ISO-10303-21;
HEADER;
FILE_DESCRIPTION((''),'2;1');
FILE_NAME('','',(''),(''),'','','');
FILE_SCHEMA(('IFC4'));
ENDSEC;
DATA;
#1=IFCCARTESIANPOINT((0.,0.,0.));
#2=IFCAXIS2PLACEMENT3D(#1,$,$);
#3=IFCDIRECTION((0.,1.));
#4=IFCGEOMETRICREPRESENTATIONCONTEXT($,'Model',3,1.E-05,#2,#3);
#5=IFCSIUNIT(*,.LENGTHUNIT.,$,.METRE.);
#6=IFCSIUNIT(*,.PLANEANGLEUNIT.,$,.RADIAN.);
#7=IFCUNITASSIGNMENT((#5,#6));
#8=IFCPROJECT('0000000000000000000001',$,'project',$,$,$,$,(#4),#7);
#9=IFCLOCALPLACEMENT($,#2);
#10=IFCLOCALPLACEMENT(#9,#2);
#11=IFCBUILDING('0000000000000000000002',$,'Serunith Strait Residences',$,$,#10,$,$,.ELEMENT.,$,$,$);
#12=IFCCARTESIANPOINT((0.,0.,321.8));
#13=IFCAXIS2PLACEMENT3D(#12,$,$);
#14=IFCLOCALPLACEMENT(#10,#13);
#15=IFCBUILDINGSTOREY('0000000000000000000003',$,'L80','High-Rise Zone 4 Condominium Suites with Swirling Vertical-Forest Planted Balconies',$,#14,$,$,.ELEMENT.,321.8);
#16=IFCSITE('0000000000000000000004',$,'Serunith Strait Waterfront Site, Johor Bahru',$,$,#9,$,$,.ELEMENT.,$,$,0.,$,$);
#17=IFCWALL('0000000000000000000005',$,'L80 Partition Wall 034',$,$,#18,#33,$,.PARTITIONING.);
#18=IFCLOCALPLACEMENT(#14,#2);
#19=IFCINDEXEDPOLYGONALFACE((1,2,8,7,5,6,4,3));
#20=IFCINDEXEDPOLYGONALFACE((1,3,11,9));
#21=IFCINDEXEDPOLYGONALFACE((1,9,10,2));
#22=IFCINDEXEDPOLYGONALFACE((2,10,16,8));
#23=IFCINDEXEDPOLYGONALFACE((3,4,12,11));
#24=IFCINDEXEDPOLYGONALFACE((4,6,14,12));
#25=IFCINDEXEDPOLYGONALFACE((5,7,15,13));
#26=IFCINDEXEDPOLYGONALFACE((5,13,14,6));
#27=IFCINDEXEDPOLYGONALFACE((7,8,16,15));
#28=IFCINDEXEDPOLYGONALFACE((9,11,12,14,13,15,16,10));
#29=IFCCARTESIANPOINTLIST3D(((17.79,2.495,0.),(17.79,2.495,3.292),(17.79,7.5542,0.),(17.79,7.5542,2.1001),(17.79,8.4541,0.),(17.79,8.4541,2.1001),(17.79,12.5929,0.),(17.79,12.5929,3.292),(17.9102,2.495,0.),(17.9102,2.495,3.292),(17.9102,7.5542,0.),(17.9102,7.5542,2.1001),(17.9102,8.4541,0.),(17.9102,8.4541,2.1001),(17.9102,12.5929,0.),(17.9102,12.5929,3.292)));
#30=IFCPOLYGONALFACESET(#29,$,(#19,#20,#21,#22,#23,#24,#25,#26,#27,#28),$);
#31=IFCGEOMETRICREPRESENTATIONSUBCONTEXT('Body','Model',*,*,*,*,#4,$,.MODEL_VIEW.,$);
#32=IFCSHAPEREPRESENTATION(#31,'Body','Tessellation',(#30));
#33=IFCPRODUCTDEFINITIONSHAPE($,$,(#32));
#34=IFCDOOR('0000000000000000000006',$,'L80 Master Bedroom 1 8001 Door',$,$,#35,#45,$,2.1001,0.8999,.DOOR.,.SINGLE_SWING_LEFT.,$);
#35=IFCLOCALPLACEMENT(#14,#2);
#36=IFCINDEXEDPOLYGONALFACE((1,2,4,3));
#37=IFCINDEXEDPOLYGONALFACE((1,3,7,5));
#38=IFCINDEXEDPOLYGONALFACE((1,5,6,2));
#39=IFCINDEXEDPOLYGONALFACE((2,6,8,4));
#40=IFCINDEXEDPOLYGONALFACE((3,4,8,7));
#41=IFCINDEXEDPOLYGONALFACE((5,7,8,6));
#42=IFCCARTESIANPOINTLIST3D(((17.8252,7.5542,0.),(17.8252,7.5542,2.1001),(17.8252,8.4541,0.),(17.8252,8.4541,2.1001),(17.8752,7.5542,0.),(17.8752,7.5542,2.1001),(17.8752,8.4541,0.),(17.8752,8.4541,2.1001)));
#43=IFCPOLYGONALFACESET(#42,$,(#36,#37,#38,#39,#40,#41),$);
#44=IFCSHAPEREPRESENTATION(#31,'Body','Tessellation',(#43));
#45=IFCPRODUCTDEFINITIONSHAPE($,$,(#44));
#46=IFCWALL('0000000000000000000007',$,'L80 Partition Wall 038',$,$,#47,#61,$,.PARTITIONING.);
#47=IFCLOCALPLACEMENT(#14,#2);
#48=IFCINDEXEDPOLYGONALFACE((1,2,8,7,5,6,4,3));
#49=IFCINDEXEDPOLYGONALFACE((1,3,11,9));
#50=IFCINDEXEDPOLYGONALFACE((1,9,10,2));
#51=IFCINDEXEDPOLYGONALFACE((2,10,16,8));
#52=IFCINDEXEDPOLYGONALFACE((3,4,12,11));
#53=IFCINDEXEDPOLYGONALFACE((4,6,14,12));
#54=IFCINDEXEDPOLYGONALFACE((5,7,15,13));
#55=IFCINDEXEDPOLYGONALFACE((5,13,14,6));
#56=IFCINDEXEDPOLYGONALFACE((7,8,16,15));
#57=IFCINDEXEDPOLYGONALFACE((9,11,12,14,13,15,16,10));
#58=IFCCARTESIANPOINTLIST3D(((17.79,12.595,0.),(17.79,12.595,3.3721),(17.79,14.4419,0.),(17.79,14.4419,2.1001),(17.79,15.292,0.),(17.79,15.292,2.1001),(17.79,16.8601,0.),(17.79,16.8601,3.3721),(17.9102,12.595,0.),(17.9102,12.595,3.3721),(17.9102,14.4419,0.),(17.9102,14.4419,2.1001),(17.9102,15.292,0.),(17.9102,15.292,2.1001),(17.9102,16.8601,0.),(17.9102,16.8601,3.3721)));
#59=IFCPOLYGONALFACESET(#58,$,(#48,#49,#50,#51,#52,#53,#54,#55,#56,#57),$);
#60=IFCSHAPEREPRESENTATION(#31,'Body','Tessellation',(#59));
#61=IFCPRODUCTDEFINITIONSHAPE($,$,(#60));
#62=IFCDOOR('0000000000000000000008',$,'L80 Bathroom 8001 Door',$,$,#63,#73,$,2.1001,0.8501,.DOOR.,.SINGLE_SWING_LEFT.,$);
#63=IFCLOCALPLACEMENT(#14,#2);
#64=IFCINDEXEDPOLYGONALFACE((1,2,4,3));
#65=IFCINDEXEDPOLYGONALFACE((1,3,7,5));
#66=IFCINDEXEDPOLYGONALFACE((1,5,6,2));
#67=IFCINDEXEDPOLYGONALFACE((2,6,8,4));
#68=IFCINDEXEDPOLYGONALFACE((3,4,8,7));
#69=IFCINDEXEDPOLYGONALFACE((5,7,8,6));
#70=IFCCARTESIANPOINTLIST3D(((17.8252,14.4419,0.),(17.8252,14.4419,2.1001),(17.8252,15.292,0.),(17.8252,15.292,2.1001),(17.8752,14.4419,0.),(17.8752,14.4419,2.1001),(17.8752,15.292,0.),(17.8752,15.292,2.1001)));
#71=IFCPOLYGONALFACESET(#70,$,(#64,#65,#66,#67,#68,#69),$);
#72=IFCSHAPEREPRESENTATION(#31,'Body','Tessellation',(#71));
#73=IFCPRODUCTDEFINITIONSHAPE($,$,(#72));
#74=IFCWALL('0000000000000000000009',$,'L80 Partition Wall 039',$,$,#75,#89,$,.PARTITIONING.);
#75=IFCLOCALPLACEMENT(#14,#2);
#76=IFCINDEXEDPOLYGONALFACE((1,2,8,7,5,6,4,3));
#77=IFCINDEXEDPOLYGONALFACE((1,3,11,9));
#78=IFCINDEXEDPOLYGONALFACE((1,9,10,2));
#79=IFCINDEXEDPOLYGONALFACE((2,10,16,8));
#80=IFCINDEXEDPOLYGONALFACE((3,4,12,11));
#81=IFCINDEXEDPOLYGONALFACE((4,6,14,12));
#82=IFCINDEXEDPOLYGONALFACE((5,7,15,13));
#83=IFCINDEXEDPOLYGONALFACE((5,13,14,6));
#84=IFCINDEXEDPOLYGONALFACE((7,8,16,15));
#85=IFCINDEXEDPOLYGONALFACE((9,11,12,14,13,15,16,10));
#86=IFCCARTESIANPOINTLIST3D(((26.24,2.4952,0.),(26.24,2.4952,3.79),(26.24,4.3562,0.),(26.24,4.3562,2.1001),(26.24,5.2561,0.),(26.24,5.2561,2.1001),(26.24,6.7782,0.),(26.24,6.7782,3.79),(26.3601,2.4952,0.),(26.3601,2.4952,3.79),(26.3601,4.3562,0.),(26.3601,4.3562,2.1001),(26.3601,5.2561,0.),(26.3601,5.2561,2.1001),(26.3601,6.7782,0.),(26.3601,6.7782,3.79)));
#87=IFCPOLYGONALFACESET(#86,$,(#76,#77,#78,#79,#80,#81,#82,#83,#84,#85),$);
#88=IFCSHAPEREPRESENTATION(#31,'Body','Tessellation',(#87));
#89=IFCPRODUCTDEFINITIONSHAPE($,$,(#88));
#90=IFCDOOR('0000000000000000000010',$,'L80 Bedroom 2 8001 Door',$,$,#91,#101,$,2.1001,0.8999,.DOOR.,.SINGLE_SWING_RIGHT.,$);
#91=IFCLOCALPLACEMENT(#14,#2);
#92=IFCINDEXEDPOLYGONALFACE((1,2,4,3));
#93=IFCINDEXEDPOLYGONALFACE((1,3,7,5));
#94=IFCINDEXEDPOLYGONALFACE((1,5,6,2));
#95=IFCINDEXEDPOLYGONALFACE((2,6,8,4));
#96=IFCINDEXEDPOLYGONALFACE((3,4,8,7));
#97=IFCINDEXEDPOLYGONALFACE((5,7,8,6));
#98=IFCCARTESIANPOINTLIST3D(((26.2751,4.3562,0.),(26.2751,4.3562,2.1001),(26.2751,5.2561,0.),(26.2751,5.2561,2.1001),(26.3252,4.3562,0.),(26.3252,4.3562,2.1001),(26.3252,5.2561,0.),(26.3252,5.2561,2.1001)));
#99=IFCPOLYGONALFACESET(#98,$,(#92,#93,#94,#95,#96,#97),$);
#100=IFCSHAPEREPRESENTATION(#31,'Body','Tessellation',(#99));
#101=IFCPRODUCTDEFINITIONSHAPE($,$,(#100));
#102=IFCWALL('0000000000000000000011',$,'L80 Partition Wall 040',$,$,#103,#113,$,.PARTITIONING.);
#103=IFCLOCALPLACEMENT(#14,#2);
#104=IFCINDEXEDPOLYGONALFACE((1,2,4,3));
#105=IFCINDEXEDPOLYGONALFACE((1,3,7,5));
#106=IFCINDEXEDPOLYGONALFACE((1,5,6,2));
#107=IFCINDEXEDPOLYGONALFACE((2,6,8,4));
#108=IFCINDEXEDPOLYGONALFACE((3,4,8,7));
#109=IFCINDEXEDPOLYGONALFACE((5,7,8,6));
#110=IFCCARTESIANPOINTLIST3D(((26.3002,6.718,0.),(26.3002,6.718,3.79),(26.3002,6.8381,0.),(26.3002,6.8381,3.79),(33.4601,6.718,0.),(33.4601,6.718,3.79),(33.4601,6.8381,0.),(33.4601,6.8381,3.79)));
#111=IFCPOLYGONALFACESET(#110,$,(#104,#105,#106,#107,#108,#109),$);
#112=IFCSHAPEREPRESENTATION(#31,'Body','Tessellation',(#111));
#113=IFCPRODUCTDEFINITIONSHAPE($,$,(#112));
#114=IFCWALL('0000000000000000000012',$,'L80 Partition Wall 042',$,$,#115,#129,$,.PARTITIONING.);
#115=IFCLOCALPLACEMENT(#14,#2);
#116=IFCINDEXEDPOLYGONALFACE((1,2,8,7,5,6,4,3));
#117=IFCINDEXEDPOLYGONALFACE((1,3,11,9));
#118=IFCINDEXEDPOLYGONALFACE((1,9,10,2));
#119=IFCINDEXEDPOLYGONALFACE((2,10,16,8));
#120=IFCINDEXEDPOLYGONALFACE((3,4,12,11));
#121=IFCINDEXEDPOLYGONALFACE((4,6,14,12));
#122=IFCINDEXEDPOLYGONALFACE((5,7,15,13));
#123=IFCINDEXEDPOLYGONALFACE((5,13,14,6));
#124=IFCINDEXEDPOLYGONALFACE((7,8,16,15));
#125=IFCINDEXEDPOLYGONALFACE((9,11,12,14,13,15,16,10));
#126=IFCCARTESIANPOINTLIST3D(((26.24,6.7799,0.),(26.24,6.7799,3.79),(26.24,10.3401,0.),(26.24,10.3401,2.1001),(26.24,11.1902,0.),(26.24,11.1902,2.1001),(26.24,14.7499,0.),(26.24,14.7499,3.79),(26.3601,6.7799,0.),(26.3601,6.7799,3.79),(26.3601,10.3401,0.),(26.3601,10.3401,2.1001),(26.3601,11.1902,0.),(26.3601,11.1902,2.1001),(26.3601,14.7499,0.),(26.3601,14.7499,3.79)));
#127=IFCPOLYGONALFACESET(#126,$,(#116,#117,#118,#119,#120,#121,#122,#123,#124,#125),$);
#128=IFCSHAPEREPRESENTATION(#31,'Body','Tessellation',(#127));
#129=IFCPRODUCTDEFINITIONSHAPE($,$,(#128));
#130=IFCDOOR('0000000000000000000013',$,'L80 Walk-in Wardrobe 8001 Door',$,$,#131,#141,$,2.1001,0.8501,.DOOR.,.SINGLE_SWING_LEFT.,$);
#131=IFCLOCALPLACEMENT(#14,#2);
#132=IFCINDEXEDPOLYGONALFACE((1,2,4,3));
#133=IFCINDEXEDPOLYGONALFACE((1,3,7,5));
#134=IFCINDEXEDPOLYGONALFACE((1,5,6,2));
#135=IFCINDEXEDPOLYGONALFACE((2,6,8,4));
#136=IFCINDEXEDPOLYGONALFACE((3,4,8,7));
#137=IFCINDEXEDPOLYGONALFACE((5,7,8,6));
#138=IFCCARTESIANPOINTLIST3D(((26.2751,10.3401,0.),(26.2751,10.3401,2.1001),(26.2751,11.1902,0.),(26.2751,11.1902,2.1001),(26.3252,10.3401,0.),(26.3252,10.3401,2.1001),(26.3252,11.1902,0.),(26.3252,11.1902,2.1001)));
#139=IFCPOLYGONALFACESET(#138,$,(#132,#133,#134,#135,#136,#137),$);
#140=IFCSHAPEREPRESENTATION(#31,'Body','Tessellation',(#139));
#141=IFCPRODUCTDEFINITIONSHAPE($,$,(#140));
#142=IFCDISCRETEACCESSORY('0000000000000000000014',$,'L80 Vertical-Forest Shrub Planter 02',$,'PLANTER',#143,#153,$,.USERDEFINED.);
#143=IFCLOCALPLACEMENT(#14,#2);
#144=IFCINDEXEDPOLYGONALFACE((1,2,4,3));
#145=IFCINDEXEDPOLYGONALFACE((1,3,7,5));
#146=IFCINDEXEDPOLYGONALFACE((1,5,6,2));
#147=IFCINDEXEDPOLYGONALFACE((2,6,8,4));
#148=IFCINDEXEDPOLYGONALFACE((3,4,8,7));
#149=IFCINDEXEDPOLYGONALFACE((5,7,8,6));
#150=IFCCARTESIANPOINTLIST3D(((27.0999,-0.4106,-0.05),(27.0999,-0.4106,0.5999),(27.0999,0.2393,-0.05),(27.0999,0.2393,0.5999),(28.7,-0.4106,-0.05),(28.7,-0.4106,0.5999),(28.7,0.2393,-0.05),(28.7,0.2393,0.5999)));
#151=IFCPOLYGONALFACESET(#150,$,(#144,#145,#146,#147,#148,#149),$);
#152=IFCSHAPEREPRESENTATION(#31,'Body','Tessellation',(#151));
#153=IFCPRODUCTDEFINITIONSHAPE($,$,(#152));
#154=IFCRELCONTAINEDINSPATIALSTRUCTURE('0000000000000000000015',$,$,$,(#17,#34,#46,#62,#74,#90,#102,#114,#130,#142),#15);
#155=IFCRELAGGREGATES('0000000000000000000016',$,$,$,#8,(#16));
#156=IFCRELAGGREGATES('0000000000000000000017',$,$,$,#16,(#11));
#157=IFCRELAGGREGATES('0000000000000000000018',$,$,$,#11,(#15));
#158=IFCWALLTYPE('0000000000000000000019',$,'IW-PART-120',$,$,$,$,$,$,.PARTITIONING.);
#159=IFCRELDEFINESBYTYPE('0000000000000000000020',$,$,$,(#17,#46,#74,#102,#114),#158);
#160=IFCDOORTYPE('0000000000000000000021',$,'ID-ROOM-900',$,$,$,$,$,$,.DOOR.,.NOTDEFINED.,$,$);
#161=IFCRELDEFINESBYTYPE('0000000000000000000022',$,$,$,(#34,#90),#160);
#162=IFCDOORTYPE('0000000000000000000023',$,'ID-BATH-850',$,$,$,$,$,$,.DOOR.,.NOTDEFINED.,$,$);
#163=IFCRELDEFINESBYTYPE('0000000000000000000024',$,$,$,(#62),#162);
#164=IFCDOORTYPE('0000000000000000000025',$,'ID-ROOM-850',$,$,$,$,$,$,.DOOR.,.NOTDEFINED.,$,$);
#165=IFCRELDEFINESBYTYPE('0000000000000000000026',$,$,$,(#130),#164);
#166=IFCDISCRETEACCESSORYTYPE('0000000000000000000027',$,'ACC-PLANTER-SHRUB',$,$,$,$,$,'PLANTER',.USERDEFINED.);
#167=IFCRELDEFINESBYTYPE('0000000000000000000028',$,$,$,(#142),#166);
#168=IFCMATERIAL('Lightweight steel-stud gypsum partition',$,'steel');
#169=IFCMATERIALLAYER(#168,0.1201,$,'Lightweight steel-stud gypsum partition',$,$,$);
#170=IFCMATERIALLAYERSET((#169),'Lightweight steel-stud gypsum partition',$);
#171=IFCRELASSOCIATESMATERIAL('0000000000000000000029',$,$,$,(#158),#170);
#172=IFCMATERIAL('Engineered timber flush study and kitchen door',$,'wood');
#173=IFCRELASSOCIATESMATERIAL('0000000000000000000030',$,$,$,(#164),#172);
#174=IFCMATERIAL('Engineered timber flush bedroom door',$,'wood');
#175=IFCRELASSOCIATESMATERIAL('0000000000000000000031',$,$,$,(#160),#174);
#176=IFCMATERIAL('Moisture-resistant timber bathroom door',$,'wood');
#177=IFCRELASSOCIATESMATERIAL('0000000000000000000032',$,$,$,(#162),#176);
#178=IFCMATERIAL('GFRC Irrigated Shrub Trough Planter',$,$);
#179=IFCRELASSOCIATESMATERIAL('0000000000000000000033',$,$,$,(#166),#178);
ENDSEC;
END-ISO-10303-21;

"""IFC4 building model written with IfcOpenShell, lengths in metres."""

from ifc_helpers import new_model, si_unit, direction, frame, frame_2d, origin, origin_2d, place, context, subcontext, project, spatial, rectangle, extrude, source, transform, mapped, material, layer, layer_set, type_object, element, fill, save


model = new_model("IFC4")

# Units and contexts
model_context = context("Model", 3, precision=1e-05, world=origin(), true_north=direction((0.0, 1.0)))
body_context = subcontext(model_context, "Body", "Model", "MODEL_VIEW")
ifc_project = project(units=[si_unit("LENGTHUNIT", "METRE"), si_unit("PLANEANGLEUNIT", "RADIAN")], contexts=[model_context])

# Site, building, storey
site_placement = place(None, origin())
site = spatial("IfcSite", under=ifc_project, at=site_placement, Name="Serunith Strait Waterfront Site, Johor Bahru", CompositionType="ELEMENT", RefElevation=0.0)
building_placement = place(site_placement, origin())
building = spatial("IfcBuilding", under=site, at=building_placement, Name="Serunith Strait Residences", CompositionType="ELEMENT")
storey_placement = place(building_placement, frame((0.0, 0.0, 321.8)))
storey = spatial("IfcBuildingStorey", under=building, at=storey_placement, Name="L80", Description="High-Rise Zone 4 Condominium Suites with Swirling Vertical-Forest Planted Balconies", CompositionType="ELEMENT", Elevation=321.8)

# Shared definitions
ifc_material_1 = material(Name="Lightweight steel-stud gypsum partition", Category="steel")
ifc_layer_1 = layer(ifc_material_1, 0.1201, Name="Lightweight steel-stud gypsum partition")
ifc_layer_set_1 = layer_set([ifc_layer_1], Name="Lightweight steel-stud gypsum partition")
wall_type_1 = type_object("IfcWallType", Name="IW-PART-120", PredefinedType="PARTITIONING", material=ifc_layer_set_1)
ifc_material_2 = material(Name="Engineered timber flush study and kitchen door", Category="wood")
door_type_1 = type_object("IfcDoorType", Name="ID-ROOM-850", OperationType="NOTDEFINED", PredefinedType="DOOR", material=ifc_material_2)
shared_shape_1 = source(origin(), body_context, "Body", "SweptSolid", [
    extrude(rectangle(XDim=0.8501, YDim=2.1001, at=frame_2d((0.425, 1.05))), frame((0.0, 0.0249, 0.0), z_axis=(0.0, -1.0, 0.0), x_axis=(1.0, 0.0, 0.0)), (0.0, 0.0, 1.0), 0.05),
])

# Walls, openings, doors
wall_1_placement = place(storey_placement, frame((17.8501, 2.4951, 0.0), z_axis=(0.0, 0.0, 1.0), x_axis=(0.0, 1.0, 0.0)))
wall_1 = element("IfcWall", 1, at=wall_1_placement, inside=storey, type_object=wall_type_1, Name="L80 Partition Wall 034", PredefinedType="PARTITIONING", context=body_context, shape_type="SweptSolid", body=[
    extrude(rectangle(XDim=10.0979, YDim=0.1201, at=frame_2d((5.0488, 0.0))), origin(), (0.0, 0.0, 1.0), 3.292),
])
opening_1_placement = place(wall_1_placement, frame((5.0591, 0.0, 0.0)))
opening_1 = element("IfcOpeningElement", 2, at=opening_1_placement, cuts=wall_1, PredefinedType="OPENING", context=body_context, shape_type="SweptSolid", body=[
    extrude(rectangle(XDim=0.8999, YDim=2.1001, at=frame_2d((0.45, 1.05))), frame((0.0, 0.0701, 0.0), z_axis=(0.0, -1.0, 0.0), x_axis=(1.0, 0.0, 0.0)), (0.0, 0.0, 1.0), 0.1401),
])
ifc_material_3 = material(Name="Engineered timber flush bedroom door", Category="wood")
door_type_2 = type_object("IfcDoorType", Name="ID-ROOM-900", OperationType="NOTDEFINED", PredefinedType="DOOR", material=ifc_material_3)
shared_shape_2 = source(origin(), body_context, "Body", "SweptSolid", [
    extrude(rectangle(XDim=0.8999, YDim=2.1001, at=frame_2d((0.45, 1.05))), frame((0.0, 0.0249, 0.0), z_axis=(0.0, -1.0, 0.0), x_axis=(1.0, 0.0, 0.0)), (0.0, 0.0, 1.0), 0.05),
])
door_1_placement = place(opening_1_placement, origin())
door_1 = element("IfcDoor", 3, at=door_1_placement, inside=storey, type_object=door_type_2, Name="L80 Master Bedroom 1 8001 Door", OperationType="SINGLE_SWING_LEFT", OverallHeight=2.1001, OverallWidth=0.8999, PredefinedType="DOOR", context=body_context, shape_type="MappedRepresentation", body=[
    mapped(shared_shape_2, transform((0.0, 0.0, 0.0), scale=1.0)),
])
fill(opening_1, door_1)
wall_2_placement = place(storey_placement, frame((17.8501, 12.595, 0.0), z_axis=(0.0, 0.0, 1.0), x_axis=(0.0, 1.0, 0.0)))
wall_2 = element("IfcWall", 4, at=wall_2_placement, inside=storey, type_object=wall_type_1, Name="L80 Partition Wall 038", PredefinedType="PARTITIONING", context=body_context, shape_type="SweptSolid", body=[
    extrude(rectangle(XDim=4.2651, YDim=0.1201, at=frame_2d((2.1326, 0.0))), origin(), (0.0, 0.0, 1.0), 3.3721),
])
opening_2_placement = place(wall_2_placement, frame((1.8469, 0.0, 0.0)))
opening_2 = element("IfcOpeningElement", 5, at=opening_2_placement, cuts=wall_2, PredefinedType="OPENING", context=body_context, shape_type="SweptSolid", body=[
    extrude(rectangle(XDim=0.8501, YDim=2.1001, at=frame_2d((0.425, 1.05))), frame((0.0, 0.0701, 0.0), z_axis=(0.0, -1.0, 0.0), x_axis=(1.0, 0.0, 0.0)), (0.0, 0.0, 1.0), 0.1401),
])
ifc_material_4 = material(Name="Moisture-resistant timber bathroom door", Category="wood")
door_type_3 = type_object("IfcDoorType", Name="ID-BATH-850", OperationType="NOTDEFINED", PredefinedType="DOOR", material=ifc_material_4)
door_2_placement = place(opening_2_placement, origin())
door_2 = element("IfcDoor", 6, at=door_2_placement, inside=storey, type_object=door_type_3, Name="L80 Bathroom 8001 Door", OperationType="SINGLE_SWING_LEFT", OverallHeight=2.1001, OverallWidth=0.8501, PredefinedType="DOOR", context=body_context, shape_type="MappedRepresentation", body=[
    mapped(shared_shape_1, transform((0.0, 0.0, 0.0), scale=1.0)),
])
fill(opening_2, door_2)
wall_3_placement = place(storey_placement, frame((26.3, 2.4951, 0.0), z_axis=(0.0, 0.0, 1.0), x_axis=(0.0, 1.0, 0.0)))
wall_3 = element("IfcWall", 7, at=wall_3_placement, inside=storey, type_object=wall_type_1, Name="L80 Partition Wall 039", PredefinedType="PARTITIONING", context=body_context, shape_type="SweptSolid", body=[
    extrude(rectangle(XDim=4.283, YDim=0.1201, at=frame_2d((2.1416, 0.0))), origin(), (0.0, 0.0, 1.0), 3.79),
])
opening_3_placement = place(wall_3_placement, frame((1.8611, 0.0, 0.0)))
opening_3 = element("IfcOpeningElement", 8, at=opening_3_placement, cuts=wall_3, PredefinedType="OPENING", context=body_context, shape_type="SweptSolid", body=[
    extrude(rectangle(XDim=0.8999, YDim=2.1001, at=frame_2d((0.45, 1.05))), frame((0.0, 0.0701, 0.0), z_axis=(0.0, -1.0, 0.0), x_axis=(1.0, 0.0, 0.0)), (0.0, 0.0, 1.0), 0.1401),
])
door_3_placement = place(opening_3_placement, origin())
door_3 = element("IfcDoor", 9, at=door_3_placement, inside=storey, type_object=door_type_2, Name="L80 Bedroom 2 8001 Door", OperationType="SINGLE_SWING_RIGHT", OverallHeight=2.1001, OverallWidth=0.8999, PredefinedType="DOOR", context=body_context, shape_type="MappedRepresentation", body=[
    mapped(shared_shape_2, transform((0.0, 0.0, 0.0), scale=1.0)),
])
fill(opening_3, door_3)

# Wall
wall_4_placement = place(storey_placement, frame((26.3, 6.7781, 0.0), z_axis=(0.0, 0.0, 1.0), x_axis=(1.0, 0.0, 0.0)))
element("IfcWall", 10, at=wall_4_placement, inside=storey, type_object=wall_type_1, Name="L80 Partition Wall 040", PredefinedType="PARTITIONING", context=body_context, shape_type="SweptSolid", body=[
    extrude(rectangle(XDim=7.1599, YDim=0.1201, at=frame_2d((3.5801, 0.0))), origin(), (0.0, 0.0, 1.0), 3.79),
])

# Wall, opening, door
wall_5_placement = place(storey_placement, frame((26.3, 6.78, 0.0), z_axis=(0.0, 0.0, 1.0), x_axis=(0.0, 1.0, 0.0)))
wall_5 = element("IfcWall", 11, at=wall_5_placement, inside=storey, type_object=wall_type_1, Name="L80 Partition Wall 042", PredefinedType="PARTITIONING", context=body_context, shape_type="SweptSolid", body=[
    extrude(rectangle(XDim=7.97, YDim=0.1201, at=frame_2d((3.9849, 0.0))), origin(), (0.0, 0.0, 1.0), 3.79),
])
opening_4_placement = place(wall_5_placement, frame((3.5601, 0.0, 0.0)))
opening_4 = element("IfcOpeningElement", 12, at=opening_4_placement, cuts=wall_5, PredefinedType="OPENING", context=body_context, shape_type="SweptSolid", body=[
    extrude(rectangle(XDim=0.8501, YDim=2.1001, at=frame_2d((0.425, 1.05))), frame((0.0, 0.0701, 0.0), z_axis=(0.0, -1.0, 0.0), x_axis=(1.0, 0.0, 0.0)), (0.0, 0.0, 1.0), 0.1401),
])
door_4_placement = place(opening_4_placement, origin())
door_4 = element("IfcDoor", 13, at=door_4_placement, inside=storey, type_object=door_type_1, Name="L80 Walk-in Wardrobe 8001 Door", OperationType="SINGLE_SWING_LEFT", OverallHeight=2.1001, OverallWidth=0.8501, PredefinedType="DOOR", context=body_context, shape_type="MappedRepresentation", body=[
    mapped(shared_shape_1, transform((0.0, 0.0, 0.0), scale=1.0)),
])
fill(opening_4, door_4)

# Discrete accessory
ifc_material_5 = material(Name="GFRC Irrigated Shrub Trough Planter")
discrete_accessory_type = type_object("IfcDiscreteAccessoryType", Name="ACC-PLANTER-SHRUB", ElementType="PLANTER", PredefinedType="USERDEFINED", material=ifc_material_5)
shared_shape_3 = source(origin(), body_context, "Body", "SweptSolid", [
    extrude(rectangle(XDim=1.6001, YDim=0.6499, at=origin_2d()), origin(), (0.0, 0.0, 1.0), 0.6499),
])
discrete_accessory_placement = place(storey_placement, frame((27.8999, -0.0857, -0.05), z_axis=(0.0, 0.0, 1.0), x_axis=(1.0, 0.0, 0.0)))
element("IfcDiscreteAccessory", 14, at=discrete_accessory_placement, inside=storey, type_object=discrete_accessory_type, Name="L80 Vertical-Forest Shrub Planter 02", ObjectType="PLANTER", PredefinedType="USERDEFINED", context=body_context, shape_type="MappedRepresentation", body=[
    mapped(shared_shape_3, transform((0.0, 0.0, 0.0), scale=1.0)),
])

save(model, "model.ifc")
